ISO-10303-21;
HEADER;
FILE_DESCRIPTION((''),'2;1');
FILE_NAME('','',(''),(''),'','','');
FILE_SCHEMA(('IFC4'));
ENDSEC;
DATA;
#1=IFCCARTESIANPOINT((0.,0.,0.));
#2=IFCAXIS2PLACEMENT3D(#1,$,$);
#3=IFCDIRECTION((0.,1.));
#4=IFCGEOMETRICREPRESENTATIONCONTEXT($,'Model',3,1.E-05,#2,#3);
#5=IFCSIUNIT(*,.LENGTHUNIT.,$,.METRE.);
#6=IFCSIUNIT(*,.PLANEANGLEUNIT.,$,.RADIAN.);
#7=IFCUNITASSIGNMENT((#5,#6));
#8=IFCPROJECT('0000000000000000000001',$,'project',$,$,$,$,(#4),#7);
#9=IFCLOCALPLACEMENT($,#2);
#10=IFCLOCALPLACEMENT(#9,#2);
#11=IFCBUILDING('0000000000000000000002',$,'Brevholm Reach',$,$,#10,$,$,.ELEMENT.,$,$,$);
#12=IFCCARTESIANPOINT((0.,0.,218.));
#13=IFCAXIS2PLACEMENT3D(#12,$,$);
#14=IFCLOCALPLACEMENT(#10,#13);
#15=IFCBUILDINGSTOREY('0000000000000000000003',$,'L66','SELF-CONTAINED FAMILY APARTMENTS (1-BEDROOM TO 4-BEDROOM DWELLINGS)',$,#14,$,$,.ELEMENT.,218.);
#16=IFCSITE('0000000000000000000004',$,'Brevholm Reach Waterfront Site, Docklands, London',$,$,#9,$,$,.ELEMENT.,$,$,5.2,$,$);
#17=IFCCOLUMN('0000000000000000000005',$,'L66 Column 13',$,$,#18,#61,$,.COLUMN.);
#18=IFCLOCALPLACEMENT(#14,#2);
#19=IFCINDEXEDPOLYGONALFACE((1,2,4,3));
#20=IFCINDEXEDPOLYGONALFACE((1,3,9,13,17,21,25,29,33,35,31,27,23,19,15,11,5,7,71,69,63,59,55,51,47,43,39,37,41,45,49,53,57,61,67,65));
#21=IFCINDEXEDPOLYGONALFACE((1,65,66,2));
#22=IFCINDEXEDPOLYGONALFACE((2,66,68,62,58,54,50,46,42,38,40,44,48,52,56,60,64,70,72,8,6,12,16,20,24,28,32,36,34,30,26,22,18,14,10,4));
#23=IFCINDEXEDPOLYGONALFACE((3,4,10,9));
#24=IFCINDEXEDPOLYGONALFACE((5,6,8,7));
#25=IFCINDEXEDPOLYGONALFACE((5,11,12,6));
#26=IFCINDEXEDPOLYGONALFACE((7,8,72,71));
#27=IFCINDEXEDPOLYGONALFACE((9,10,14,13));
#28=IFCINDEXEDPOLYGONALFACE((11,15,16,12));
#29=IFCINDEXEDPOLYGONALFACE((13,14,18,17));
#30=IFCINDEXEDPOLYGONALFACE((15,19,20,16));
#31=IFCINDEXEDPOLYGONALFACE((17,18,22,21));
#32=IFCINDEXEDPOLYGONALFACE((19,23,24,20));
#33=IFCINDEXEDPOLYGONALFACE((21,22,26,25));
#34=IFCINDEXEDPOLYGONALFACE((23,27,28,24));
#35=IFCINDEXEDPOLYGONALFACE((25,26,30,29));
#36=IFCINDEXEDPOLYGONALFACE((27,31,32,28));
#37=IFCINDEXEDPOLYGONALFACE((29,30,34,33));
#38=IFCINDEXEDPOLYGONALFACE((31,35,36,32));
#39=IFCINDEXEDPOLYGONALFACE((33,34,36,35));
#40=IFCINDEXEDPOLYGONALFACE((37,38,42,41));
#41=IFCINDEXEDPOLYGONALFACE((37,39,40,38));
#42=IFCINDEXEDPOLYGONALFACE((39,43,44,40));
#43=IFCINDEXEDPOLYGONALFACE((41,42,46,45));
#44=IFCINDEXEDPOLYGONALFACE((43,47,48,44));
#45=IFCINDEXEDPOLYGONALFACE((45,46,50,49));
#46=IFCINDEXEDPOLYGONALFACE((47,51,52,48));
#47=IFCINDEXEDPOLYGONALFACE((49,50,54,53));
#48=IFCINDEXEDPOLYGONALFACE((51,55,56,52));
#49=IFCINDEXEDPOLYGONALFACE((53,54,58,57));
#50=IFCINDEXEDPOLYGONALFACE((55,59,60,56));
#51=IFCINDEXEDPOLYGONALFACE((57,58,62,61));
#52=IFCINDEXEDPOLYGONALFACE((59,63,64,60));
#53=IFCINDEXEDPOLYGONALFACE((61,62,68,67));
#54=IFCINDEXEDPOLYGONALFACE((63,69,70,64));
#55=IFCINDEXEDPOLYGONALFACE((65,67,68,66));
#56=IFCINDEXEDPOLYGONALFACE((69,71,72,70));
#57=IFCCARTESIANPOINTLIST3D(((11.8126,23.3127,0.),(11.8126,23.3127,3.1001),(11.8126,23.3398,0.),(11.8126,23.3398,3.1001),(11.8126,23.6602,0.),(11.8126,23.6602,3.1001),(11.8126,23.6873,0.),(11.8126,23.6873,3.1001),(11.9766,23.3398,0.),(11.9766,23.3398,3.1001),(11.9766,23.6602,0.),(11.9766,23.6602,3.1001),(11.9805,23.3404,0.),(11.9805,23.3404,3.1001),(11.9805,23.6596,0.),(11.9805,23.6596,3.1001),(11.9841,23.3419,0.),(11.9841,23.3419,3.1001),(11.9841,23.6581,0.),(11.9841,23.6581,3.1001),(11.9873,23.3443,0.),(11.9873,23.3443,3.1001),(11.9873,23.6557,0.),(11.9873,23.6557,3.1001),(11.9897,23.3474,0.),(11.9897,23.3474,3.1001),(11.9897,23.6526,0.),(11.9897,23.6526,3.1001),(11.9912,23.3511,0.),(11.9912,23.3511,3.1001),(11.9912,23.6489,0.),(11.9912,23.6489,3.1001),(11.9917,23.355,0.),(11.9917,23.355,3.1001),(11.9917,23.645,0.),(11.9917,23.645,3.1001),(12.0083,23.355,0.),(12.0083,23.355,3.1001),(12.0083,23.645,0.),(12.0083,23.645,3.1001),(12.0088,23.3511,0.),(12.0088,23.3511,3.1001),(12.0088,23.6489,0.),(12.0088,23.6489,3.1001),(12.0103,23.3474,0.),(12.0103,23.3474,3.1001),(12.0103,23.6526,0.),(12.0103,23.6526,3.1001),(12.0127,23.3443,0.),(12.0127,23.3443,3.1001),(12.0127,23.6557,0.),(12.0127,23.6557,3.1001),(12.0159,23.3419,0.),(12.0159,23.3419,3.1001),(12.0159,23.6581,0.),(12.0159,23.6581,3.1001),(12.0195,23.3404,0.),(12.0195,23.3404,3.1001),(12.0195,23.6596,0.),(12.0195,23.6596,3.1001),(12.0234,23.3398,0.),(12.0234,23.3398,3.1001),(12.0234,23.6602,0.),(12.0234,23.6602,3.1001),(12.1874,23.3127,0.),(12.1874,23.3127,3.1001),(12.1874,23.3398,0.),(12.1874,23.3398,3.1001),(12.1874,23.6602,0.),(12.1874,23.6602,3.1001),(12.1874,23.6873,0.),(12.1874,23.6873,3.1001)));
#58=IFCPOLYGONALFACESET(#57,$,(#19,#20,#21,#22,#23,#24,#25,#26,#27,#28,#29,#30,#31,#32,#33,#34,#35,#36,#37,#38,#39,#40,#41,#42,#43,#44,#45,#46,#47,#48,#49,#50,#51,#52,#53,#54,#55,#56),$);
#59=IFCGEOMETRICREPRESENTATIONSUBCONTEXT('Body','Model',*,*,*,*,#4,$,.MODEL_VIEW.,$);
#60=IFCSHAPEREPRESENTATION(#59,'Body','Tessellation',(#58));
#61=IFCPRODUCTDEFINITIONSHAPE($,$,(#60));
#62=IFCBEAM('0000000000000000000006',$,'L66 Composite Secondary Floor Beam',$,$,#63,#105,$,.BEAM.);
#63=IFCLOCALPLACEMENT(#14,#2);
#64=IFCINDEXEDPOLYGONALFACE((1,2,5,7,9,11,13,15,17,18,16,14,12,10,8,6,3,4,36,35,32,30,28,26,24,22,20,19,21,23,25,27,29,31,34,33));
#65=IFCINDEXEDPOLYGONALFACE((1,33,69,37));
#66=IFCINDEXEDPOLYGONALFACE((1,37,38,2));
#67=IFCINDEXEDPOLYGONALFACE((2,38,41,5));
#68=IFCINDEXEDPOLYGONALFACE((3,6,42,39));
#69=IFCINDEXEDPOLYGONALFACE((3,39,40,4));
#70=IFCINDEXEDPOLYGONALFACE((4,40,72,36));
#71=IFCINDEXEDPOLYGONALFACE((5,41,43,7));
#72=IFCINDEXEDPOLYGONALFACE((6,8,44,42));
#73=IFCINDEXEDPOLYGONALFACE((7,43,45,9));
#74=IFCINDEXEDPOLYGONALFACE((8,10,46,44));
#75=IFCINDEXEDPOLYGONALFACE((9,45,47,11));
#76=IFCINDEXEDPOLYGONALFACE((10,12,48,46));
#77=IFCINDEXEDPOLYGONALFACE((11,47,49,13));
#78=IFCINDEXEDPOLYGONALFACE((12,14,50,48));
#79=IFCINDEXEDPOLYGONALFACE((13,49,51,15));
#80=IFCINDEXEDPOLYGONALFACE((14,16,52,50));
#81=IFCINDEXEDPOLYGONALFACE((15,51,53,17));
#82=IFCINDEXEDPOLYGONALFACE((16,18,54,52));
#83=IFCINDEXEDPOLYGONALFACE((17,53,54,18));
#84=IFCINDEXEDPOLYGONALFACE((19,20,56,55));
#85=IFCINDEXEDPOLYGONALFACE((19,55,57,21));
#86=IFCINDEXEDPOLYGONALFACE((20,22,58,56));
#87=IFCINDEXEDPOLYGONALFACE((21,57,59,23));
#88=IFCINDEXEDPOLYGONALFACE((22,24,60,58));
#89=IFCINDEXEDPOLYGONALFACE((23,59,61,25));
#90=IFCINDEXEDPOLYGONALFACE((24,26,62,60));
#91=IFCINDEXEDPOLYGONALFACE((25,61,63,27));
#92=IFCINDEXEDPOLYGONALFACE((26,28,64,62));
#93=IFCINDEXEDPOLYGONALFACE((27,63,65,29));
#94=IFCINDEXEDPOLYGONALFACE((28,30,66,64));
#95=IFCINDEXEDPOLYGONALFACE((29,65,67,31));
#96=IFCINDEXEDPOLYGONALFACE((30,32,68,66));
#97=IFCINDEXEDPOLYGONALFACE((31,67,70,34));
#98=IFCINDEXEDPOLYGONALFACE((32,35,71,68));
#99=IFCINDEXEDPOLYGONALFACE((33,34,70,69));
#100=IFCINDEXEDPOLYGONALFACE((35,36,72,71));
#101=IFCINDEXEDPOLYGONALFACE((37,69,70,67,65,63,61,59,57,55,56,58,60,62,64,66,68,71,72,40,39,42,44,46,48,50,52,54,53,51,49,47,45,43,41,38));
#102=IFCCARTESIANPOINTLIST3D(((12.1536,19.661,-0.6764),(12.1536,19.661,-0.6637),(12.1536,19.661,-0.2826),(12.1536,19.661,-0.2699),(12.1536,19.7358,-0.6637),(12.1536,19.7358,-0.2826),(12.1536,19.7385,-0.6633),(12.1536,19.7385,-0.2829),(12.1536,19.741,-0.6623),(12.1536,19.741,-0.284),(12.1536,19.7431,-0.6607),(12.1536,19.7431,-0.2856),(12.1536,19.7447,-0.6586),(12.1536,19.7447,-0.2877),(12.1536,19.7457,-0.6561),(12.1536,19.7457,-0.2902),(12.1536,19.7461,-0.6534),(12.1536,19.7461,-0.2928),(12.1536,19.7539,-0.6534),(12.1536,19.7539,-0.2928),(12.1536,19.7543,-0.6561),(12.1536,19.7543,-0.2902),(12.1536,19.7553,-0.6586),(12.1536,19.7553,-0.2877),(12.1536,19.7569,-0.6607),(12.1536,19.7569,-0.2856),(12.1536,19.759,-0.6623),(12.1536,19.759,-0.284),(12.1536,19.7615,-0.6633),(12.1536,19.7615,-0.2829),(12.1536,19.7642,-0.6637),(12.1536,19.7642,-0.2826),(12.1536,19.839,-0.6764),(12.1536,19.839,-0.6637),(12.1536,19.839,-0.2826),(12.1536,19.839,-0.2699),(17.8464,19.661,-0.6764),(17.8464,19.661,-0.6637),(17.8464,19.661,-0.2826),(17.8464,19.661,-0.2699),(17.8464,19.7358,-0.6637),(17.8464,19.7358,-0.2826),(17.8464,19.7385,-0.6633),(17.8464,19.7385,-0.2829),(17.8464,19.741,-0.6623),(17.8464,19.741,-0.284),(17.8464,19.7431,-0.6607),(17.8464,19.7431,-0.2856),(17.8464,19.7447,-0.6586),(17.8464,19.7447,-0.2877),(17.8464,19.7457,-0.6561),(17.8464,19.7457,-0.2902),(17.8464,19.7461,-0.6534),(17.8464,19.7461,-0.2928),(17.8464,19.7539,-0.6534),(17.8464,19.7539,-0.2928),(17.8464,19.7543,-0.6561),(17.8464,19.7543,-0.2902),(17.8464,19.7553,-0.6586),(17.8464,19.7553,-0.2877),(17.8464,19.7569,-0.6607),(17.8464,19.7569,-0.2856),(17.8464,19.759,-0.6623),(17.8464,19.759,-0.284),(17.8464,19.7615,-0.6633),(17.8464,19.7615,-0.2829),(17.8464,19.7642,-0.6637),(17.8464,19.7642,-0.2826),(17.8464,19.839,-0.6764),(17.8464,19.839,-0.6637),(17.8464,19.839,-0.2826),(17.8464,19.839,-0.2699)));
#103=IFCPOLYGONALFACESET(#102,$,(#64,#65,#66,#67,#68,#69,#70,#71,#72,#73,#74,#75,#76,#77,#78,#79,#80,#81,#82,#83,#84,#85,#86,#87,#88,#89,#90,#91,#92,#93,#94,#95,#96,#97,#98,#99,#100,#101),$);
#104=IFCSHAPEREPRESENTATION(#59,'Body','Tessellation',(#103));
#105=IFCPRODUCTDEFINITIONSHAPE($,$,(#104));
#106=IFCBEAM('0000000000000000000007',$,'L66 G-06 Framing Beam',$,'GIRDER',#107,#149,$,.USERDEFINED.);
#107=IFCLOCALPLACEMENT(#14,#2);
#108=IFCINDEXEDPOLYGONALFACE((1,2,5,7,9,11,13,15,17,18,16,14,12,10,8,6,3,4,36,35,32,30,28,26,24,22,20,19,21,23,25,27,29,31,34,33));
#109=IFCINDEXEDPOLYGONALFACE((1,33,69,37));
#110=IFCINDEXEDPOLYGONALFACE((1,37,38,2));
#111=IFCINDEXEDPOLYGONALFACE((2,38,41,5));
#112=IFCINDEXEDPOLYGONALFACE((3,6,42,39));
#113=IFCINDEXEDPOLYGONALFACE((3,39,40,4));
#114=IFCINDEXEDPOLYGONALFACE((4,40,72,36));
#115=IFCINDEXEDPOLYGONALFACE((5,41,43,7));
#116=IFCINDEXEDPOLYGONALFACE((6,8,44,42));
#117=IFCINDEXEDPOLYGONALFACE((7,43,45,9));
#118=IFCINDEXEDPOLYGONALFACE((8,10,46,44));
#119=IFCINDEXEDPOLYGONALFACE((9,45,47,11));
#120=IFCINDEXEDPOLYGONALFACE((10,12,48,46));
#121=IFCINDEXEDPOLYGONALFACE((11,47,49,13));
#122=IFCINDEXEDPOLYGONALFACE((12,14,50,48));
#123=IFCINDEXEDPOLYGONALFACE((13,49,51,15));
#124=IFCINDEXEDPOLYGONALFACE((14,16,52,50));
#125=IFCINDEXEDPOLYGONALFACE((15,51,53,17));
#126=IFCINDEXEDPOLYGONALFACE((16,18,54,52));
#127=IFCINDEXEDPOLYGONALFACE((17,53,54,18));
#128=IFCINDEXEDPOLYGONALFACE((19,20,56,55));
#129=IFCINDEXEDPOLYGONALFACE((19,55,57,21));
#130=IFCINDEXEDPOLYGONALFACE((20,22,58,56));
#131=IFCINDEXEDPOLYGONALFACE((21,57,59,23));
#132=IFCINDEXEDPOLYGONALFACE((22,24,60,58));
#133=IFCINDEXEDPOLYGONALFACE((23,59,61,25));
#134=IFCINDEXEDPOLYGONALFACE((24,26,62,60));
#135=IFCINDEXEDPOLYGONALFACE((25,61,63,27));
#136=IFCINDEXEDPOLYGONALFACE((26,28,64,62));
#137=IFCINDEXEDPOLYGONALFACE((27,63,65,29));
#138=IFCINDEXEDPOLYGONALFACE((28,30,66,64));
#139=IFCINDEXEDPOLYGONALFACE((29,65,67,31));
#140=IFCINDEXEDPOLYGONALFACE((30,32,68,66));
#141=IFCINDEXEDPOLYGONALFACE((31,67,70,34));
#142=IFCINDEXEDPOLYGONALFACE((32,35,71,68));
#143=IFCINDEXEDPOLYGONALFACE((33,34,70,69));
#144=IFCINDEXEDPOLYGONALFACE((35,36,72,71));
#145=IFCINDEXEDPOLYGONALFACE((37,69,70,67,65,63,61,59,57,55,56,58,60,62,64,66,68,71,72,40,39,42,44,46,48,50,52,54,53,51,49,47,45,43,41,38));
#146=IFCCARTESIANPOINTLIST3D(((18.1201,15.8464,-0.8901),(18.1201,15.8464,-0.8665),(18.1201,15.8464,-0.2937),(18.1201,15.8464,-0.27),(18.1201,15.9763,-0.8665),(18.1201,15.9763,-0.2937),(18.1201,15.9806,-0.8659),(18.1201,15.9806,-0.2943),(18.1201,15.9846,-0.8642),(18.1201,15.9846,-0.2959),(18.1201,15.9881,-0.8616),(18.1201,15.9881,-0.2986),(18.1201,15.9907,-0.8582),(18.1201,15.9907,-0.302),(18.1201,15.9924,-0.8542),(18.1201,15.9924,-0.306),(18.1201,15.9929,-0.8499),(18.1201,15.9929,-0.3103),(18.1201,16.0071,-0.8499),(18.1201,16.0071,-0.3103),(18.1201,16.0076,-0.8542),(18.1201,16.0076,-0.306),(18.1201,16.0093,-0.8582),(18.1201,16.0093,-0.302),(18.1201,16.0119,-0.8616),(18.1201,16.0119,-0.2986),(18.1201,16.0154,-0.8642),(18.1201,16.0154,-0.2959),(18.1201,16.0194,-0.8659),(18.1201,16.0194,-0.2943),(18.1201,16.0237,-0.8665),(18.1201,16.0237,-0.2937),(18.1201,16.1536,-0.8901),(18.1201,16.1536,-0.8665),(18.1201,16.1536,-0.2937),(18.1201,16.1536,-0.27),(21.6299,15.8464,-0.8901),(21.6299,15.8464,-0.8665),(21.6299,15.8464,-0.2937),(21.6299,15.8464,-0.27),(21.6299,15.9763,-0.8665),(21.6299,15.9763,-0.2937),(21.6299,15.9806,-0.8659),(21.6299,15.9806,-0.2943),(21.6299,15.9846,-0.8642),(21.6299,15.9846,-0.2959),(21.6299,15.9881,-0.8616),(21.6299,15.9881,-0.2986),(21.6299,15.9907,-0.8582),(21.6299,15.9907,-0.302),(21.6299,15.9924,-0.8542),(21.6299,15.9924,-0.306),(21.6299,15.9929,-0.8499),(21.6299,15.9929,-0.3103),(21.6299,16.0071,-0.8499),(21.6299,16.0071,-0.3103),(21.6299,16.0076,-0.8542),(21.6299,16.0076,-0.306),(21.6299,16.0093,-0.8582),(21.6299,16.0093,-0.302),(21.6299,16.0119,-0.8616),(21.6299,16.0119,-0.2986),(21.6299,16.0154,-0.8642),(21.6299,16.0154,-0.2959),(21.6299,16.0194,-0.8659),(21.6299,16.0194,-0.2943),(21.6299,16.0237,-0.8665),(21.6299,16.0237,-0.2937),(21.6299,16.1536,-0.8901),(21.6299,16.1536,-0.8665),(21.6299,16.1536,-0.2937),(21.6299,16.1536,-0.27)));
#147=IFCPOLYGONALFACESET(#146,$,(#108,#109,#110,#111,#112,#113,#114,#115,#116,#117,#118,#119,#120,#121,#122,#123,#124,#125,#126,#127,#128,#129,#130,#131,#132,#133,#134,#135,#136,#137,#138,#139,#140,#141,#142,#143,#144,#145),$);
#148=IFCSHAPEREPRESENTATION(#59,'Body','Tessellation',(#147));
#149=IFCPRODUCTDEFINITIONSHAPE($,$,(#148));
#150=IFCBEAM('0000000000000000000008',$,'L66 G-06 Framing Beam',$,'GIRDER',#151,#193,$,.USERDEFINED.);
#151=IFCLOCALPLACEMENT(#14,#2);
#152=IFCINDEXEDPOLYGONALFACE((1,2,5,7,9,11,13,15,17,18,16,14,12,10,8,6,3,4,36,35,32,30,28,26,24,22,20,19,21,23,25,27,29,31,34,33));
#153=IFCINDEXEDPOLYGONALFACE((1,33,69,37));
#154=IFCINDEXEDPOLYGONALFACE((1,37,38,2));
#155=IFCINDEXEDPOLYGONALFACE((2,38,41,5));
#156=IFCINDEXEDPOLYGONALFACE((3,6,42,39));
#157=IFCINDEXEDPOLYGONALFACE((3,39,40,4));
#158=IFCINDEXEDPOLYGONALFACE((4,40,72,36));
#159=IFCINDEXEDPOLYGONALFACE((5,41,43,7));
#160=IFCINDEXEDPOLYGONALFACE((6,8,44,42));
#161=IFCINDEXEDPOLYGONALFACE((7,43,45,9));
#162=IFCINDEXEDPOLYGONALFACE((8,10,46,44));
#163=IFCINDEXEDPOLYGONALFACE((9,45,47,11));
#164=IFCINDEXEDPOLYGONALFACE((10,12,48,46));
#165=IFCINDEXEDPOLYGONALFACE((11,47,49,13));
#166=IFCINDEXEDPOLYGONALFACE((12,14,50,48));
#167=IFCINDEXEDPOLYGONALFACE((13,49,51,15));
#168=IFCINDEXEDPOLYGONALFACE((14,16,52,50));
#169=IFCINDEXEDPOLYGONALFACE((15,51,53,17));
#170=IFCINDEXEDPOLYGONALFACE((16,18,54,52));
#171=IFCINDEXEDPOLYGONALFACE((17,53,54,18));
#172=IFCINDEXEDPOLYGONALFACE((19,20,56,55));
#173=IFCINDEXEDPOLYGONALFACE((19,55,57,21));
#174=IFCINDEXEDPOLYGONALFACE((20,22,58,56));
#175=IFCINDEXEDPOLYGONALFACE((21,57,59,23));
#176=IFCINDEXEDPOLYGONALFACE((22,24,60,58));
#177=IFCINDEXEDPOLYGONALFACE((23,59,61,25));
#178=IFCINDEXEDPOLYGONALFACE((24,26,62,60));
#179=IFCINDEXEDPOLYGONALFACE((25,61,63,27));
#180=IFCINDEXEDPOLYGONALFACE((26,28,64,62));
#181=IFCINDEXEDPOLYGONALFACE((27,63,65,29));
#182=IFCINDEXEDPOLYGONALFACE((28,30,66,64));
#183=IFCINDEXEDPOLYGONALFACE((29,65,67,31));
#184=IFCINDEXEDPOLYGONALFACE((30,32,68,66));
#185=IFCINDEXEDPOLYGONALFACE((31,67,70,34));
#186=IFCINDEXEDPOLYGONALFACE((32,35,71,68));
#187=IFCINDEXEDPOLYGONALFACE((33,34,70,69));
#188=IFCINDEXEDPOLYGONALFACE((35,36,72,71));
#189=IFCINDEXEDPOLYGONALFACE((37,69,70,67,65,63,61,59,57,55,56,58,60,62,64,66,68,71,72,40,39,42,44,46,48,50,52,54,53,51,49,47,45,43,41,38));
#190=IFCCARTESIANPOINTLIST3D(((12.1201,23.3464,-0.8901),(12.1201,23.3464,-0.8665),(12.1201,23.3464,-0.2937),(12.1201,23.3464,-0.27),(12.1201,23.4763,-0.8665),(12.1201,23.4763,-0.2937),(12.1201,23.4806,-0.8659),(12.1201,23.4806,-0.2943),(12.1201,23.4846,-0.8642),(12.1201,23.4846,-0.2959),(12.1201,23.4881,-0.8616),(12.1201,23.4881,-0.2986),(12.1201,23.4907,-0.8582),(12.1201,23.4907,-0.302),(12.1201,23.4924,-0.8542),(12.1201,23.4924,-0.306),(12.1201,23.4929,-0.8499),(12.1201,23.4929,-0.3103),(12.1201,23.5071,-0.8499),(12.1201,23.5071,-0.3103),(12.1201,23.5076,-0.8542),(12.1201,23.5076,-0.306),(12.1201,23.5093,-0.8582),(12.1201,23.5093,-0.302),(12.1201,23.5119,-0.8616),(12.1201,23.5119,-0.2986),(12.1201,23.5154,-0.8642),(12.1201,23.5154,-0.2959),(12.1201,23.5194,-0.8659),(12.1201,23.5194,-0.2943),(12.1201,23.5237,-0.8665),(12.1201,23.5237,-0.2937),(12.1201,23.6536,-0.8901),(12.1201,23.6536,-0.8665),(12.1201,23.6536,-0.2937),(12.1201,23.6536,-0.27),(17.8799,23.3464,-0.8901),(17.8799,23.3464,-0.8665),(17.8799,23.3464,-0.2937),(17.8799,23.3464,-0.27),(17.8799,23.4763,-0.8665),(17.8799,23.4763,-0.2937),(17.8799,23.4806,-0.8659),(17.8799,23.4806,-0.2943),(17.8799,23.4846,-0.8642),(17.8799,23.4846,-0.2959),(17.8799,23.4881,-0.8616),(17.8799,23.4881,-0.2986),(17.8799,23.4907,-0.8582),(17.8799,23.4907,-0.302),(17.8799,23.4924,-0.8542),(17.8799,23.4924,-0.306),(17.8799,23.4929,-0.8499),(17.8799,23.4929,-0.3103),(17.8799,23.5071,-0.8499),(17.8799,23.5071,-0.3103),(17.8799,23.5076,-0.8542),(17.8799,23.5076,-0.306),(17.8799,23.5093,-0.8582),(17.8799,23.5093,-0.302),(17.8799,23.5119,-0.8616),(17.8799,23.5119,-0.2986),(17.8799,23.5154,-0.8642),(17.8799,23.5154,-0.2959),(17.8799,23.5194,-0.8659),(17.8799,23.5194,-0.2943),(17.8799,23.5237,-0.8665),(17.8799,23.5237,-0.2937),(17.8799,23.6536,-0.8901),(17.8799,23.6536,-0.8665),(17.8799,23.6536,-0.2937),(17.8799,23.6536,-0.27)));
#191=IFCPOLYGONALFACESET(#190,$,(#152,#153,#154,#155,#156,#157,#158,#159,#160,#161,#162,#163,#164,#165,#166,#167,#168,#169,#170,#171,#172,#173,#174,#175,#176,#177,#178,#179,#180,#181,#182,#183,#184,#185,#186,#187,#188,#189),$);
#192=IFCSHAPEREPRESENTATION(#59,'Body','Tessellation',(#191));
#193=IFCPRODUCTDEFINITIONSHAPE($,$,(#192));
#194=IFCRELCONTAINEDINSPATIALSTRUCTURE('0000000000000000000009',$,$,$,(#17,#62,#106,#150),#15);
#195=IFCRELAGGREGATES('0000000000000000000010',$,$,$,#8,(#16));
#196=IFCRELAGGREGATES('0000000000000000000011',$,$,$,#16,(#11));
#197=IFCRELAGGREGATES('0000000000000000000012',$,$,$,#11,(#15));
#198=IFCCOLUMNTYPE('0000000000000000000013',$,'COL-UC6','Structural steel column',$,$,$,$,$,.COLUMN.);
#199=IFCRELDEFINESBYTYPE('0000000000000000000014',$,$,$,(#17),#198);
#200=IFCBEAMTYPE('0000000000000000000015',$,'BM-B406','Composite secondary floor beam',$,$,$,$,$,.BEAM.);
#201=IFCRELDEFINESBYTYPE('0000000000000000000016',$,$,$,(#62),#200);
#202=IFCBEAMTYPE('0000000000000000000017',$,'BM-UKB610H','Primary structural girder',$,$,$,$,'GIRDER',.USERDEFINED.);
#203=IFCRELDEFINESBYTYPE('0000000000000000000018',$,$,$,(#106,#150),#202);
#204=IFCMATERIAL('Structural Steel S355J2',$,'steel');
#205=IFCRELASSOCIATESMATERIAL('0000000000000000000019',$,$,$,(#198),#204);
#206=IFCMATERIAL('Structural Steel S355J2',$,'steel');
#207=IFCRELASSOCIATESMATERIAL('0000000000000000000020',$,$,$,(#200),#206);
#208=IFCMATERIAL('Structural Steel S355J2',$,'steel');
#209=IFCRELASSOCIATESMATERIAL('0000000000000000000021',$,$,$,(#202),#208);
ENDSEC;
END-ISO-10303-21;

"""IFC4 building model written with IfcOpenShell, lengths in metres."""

from ifc_helpers import new_model, si_unit, direction, frame, origin, origin_2d, place, context, subcontext, project, spatial, i_section, extrude, material, material_profile, profile_set, type_object, element, save


model = new_model("IFC4")

# Units and contexts
model_context = context("Model", 3, precision=1e-05, world=origin(), true_north=direction((0.0, 1.0)))
body_context = subcontext(model_context, "Body", "Model", "MODEL_VIEW")
ifc_project = project(units=[si_unit("LENGTHUNIT", "METRE"), si_unit("PLANEANGLEUNIT", "RADIAN")], contexts=[model_context])

# Site, building, storey
site_placement = place(None, origin())
site = spatial("IfcSite", under=ifc_project, at=site_placement, Name="Brevholm Reach Waterfront Site, Docklands, London", CompositionType="ELEMENT", RefElevation=5.2)
building_placement = place(site_placement, origin())
building = spatial("IfcBuilding", under=site, at=building_placement, Name="Brevholm Reach", CompositionType="ELEMENT")
storey_placement = place(building_placement, frame((0.0, 0.0, 218.0)))
storey = spatial("IfcBuildingStorey", under=building, at=storey_placement, Name="L66", Description="SELF-CONTAINED FAMILY APARTMENTS (1-BEDROOM TO 4-BEDROOM DWELLINGS)", CompositionType="ELEMENT", Elevation=218.0)

# Column
ifc_material_1 = material(Name="Structural Steel S355J2", Category="steel")
ifc_material_profile_1 = material_profile(ifc_material_1, i_section(OverallWidth=0.3748, OverallDepth=0.3745, WebThickness=0.0166, FlangeThickness=0.0271, FilletRadius=0.0151, at=origin_2d()), Name="UKC 356x368x202")
ifc_profile_set_1 = profile_set([ifc_material_profile_1], Name="Structural Steel S355J2")
column_type = type_object("IfcColumnType", Name="COL-UC6", Description="Structural steel column", PredefinedType="COLUMN", material=ifc_profile_set_1)
column_placement = place(storey_placement, frame((12.0, 23.5, 0.0), z_axis=(0.0, 0.0, 1.0), x_axis=(1.0, 0.0, 0.0)))
element("IfcColumn", 1, at=column_placement, inside=storey, type_object=column_type, Name="L66 Column 13", PredefinedType="COLUMN", context=body_context, shape_type="SweptSolid", body=[
    extrude(i_section(OverallWidth=0.3748, OverallDepth=0.3745, WebThickness=0.0166, FlangeThickness=0.0271, FilletRadius=0.0151, at=origin_2d()), origin(), (0.0, 0.0, 1.0), 3.1001),
])

# Beams
ifc_material_2 = material(Name="Structural Steel S355J2", Category="steel")
ifc_material_profile_2 = material_profile(ifc_material_2, i_section(OverallWidth=0.178, OverallDepth=0.4065, WebThickness=0.0078, FlangeThickness=0.0127, FilletRadius=0.0103, at=origin_2d()), Name="UKB 406x178x60")
ifc_profile_set_2 = profile_set([ifc_material_profile_2], Name="Structural Steel S355J2")
beam_type_1 = type_object("IfcBeamType", Name="BM-B406", Description="Composite secondary floor beam", PredefinedType="BEAM", material=ifc_profile_set_2)
beam_1_placement = place(storey_placement, frame((12.1536, 19.75, -0.4731), z_axis=(1.0, 0.0, 0.0), x_axis=(0.0, 1.0, 0.0)))
element("IfcBeam", 2, at=beam_1_placement, inside=storey, type_object=beam_type_1, Name="L66 Composite Secondary Floor Beam", PredefinedType="BEAM", context=body_context, shape_type="SweptSolid", body=[
    extrude(i_section(OverallWidth=0.178, OverallDepth=0.4065, WebThickness=0.0078, FlangeThickness=0.0127, FilletRadius=0.0103, at=origin_2d()), origin(), (0.0, 0.0, 1.0), 5.6929),
])
ifc_material_3 = material(Name="Structural Steel S355J2", Category="steel")
ifc_material_profile_3 = material_profile(ifc_material_3, i_section(OverallWidth=0.3071, OverallDepth=0.6201, WebThickness=0.0142, FlangeThickness=0.0237, FilletRadius=0.0166, at=origin_2d()), Name="UKB 610x305x179")
ifc_profile_set_3 = profile_set([ifc_material_profile_3], Name="Structural Steel S355J2")
beam_type_2 = type_object("IfcBeamType", Name="BM-UKB610H", Description="Primary structural girder", ElementType="GIRDER", PredefinedType="USERDEFINED", material=ifc_profile_set_3)
beam_2_placement = place(storey_placement, frame((18.1201, 16.0, -0.5801), z_axis=(1.0, 0.0, 0.0), x_axis=(0.0, 1.0, 0.0)))
element("IfcBeam", 3, at=beam_2_placement, inside=storey, type_object=beam_type_2, Name="L66 G-06 Framing Beam", ObjectType="GIRDER", PredefinedType="USERDEFINED", context=body_context, shape_type="SweptSolid", body=[
    extrude(i_section(OverallWidth=0.3071, OverallDepth=0.6201, WebThickness=0.0142, FlangeThickness=0.0237, FilletRadius=0.0166, at=origin_2d()), origin(), (0.0, 0.0, 1.0), 3.5098),
])
beam_3_placement = place(storey_placement, frame((12.1201, 23.5, -0.5801), z_axis=(1.0, 0.0, 0.0), x_axis=(0.0, 1.0, 0.0)))
element("IfcBeam", 4, at=beam_3_placement, inside=storey, type_object=beam_type_2, Name="L66 G-06 Framing Beam", ObjectType="GIRDER", PredefinedType="USERDEFINED", context=body_context, shape_type="SweptSolid", body=[
    extrude(i_section(OverallWidth=0.3071, OverallDepth=0.6201, WebThickness=0.0142, FlangeThickness=0.0237, FilletRadius=0.0166, at=origin_2d()), origin(), (0.0, 0.0, 1.0), 5.7598),
])

save(model, "model.ifc")
